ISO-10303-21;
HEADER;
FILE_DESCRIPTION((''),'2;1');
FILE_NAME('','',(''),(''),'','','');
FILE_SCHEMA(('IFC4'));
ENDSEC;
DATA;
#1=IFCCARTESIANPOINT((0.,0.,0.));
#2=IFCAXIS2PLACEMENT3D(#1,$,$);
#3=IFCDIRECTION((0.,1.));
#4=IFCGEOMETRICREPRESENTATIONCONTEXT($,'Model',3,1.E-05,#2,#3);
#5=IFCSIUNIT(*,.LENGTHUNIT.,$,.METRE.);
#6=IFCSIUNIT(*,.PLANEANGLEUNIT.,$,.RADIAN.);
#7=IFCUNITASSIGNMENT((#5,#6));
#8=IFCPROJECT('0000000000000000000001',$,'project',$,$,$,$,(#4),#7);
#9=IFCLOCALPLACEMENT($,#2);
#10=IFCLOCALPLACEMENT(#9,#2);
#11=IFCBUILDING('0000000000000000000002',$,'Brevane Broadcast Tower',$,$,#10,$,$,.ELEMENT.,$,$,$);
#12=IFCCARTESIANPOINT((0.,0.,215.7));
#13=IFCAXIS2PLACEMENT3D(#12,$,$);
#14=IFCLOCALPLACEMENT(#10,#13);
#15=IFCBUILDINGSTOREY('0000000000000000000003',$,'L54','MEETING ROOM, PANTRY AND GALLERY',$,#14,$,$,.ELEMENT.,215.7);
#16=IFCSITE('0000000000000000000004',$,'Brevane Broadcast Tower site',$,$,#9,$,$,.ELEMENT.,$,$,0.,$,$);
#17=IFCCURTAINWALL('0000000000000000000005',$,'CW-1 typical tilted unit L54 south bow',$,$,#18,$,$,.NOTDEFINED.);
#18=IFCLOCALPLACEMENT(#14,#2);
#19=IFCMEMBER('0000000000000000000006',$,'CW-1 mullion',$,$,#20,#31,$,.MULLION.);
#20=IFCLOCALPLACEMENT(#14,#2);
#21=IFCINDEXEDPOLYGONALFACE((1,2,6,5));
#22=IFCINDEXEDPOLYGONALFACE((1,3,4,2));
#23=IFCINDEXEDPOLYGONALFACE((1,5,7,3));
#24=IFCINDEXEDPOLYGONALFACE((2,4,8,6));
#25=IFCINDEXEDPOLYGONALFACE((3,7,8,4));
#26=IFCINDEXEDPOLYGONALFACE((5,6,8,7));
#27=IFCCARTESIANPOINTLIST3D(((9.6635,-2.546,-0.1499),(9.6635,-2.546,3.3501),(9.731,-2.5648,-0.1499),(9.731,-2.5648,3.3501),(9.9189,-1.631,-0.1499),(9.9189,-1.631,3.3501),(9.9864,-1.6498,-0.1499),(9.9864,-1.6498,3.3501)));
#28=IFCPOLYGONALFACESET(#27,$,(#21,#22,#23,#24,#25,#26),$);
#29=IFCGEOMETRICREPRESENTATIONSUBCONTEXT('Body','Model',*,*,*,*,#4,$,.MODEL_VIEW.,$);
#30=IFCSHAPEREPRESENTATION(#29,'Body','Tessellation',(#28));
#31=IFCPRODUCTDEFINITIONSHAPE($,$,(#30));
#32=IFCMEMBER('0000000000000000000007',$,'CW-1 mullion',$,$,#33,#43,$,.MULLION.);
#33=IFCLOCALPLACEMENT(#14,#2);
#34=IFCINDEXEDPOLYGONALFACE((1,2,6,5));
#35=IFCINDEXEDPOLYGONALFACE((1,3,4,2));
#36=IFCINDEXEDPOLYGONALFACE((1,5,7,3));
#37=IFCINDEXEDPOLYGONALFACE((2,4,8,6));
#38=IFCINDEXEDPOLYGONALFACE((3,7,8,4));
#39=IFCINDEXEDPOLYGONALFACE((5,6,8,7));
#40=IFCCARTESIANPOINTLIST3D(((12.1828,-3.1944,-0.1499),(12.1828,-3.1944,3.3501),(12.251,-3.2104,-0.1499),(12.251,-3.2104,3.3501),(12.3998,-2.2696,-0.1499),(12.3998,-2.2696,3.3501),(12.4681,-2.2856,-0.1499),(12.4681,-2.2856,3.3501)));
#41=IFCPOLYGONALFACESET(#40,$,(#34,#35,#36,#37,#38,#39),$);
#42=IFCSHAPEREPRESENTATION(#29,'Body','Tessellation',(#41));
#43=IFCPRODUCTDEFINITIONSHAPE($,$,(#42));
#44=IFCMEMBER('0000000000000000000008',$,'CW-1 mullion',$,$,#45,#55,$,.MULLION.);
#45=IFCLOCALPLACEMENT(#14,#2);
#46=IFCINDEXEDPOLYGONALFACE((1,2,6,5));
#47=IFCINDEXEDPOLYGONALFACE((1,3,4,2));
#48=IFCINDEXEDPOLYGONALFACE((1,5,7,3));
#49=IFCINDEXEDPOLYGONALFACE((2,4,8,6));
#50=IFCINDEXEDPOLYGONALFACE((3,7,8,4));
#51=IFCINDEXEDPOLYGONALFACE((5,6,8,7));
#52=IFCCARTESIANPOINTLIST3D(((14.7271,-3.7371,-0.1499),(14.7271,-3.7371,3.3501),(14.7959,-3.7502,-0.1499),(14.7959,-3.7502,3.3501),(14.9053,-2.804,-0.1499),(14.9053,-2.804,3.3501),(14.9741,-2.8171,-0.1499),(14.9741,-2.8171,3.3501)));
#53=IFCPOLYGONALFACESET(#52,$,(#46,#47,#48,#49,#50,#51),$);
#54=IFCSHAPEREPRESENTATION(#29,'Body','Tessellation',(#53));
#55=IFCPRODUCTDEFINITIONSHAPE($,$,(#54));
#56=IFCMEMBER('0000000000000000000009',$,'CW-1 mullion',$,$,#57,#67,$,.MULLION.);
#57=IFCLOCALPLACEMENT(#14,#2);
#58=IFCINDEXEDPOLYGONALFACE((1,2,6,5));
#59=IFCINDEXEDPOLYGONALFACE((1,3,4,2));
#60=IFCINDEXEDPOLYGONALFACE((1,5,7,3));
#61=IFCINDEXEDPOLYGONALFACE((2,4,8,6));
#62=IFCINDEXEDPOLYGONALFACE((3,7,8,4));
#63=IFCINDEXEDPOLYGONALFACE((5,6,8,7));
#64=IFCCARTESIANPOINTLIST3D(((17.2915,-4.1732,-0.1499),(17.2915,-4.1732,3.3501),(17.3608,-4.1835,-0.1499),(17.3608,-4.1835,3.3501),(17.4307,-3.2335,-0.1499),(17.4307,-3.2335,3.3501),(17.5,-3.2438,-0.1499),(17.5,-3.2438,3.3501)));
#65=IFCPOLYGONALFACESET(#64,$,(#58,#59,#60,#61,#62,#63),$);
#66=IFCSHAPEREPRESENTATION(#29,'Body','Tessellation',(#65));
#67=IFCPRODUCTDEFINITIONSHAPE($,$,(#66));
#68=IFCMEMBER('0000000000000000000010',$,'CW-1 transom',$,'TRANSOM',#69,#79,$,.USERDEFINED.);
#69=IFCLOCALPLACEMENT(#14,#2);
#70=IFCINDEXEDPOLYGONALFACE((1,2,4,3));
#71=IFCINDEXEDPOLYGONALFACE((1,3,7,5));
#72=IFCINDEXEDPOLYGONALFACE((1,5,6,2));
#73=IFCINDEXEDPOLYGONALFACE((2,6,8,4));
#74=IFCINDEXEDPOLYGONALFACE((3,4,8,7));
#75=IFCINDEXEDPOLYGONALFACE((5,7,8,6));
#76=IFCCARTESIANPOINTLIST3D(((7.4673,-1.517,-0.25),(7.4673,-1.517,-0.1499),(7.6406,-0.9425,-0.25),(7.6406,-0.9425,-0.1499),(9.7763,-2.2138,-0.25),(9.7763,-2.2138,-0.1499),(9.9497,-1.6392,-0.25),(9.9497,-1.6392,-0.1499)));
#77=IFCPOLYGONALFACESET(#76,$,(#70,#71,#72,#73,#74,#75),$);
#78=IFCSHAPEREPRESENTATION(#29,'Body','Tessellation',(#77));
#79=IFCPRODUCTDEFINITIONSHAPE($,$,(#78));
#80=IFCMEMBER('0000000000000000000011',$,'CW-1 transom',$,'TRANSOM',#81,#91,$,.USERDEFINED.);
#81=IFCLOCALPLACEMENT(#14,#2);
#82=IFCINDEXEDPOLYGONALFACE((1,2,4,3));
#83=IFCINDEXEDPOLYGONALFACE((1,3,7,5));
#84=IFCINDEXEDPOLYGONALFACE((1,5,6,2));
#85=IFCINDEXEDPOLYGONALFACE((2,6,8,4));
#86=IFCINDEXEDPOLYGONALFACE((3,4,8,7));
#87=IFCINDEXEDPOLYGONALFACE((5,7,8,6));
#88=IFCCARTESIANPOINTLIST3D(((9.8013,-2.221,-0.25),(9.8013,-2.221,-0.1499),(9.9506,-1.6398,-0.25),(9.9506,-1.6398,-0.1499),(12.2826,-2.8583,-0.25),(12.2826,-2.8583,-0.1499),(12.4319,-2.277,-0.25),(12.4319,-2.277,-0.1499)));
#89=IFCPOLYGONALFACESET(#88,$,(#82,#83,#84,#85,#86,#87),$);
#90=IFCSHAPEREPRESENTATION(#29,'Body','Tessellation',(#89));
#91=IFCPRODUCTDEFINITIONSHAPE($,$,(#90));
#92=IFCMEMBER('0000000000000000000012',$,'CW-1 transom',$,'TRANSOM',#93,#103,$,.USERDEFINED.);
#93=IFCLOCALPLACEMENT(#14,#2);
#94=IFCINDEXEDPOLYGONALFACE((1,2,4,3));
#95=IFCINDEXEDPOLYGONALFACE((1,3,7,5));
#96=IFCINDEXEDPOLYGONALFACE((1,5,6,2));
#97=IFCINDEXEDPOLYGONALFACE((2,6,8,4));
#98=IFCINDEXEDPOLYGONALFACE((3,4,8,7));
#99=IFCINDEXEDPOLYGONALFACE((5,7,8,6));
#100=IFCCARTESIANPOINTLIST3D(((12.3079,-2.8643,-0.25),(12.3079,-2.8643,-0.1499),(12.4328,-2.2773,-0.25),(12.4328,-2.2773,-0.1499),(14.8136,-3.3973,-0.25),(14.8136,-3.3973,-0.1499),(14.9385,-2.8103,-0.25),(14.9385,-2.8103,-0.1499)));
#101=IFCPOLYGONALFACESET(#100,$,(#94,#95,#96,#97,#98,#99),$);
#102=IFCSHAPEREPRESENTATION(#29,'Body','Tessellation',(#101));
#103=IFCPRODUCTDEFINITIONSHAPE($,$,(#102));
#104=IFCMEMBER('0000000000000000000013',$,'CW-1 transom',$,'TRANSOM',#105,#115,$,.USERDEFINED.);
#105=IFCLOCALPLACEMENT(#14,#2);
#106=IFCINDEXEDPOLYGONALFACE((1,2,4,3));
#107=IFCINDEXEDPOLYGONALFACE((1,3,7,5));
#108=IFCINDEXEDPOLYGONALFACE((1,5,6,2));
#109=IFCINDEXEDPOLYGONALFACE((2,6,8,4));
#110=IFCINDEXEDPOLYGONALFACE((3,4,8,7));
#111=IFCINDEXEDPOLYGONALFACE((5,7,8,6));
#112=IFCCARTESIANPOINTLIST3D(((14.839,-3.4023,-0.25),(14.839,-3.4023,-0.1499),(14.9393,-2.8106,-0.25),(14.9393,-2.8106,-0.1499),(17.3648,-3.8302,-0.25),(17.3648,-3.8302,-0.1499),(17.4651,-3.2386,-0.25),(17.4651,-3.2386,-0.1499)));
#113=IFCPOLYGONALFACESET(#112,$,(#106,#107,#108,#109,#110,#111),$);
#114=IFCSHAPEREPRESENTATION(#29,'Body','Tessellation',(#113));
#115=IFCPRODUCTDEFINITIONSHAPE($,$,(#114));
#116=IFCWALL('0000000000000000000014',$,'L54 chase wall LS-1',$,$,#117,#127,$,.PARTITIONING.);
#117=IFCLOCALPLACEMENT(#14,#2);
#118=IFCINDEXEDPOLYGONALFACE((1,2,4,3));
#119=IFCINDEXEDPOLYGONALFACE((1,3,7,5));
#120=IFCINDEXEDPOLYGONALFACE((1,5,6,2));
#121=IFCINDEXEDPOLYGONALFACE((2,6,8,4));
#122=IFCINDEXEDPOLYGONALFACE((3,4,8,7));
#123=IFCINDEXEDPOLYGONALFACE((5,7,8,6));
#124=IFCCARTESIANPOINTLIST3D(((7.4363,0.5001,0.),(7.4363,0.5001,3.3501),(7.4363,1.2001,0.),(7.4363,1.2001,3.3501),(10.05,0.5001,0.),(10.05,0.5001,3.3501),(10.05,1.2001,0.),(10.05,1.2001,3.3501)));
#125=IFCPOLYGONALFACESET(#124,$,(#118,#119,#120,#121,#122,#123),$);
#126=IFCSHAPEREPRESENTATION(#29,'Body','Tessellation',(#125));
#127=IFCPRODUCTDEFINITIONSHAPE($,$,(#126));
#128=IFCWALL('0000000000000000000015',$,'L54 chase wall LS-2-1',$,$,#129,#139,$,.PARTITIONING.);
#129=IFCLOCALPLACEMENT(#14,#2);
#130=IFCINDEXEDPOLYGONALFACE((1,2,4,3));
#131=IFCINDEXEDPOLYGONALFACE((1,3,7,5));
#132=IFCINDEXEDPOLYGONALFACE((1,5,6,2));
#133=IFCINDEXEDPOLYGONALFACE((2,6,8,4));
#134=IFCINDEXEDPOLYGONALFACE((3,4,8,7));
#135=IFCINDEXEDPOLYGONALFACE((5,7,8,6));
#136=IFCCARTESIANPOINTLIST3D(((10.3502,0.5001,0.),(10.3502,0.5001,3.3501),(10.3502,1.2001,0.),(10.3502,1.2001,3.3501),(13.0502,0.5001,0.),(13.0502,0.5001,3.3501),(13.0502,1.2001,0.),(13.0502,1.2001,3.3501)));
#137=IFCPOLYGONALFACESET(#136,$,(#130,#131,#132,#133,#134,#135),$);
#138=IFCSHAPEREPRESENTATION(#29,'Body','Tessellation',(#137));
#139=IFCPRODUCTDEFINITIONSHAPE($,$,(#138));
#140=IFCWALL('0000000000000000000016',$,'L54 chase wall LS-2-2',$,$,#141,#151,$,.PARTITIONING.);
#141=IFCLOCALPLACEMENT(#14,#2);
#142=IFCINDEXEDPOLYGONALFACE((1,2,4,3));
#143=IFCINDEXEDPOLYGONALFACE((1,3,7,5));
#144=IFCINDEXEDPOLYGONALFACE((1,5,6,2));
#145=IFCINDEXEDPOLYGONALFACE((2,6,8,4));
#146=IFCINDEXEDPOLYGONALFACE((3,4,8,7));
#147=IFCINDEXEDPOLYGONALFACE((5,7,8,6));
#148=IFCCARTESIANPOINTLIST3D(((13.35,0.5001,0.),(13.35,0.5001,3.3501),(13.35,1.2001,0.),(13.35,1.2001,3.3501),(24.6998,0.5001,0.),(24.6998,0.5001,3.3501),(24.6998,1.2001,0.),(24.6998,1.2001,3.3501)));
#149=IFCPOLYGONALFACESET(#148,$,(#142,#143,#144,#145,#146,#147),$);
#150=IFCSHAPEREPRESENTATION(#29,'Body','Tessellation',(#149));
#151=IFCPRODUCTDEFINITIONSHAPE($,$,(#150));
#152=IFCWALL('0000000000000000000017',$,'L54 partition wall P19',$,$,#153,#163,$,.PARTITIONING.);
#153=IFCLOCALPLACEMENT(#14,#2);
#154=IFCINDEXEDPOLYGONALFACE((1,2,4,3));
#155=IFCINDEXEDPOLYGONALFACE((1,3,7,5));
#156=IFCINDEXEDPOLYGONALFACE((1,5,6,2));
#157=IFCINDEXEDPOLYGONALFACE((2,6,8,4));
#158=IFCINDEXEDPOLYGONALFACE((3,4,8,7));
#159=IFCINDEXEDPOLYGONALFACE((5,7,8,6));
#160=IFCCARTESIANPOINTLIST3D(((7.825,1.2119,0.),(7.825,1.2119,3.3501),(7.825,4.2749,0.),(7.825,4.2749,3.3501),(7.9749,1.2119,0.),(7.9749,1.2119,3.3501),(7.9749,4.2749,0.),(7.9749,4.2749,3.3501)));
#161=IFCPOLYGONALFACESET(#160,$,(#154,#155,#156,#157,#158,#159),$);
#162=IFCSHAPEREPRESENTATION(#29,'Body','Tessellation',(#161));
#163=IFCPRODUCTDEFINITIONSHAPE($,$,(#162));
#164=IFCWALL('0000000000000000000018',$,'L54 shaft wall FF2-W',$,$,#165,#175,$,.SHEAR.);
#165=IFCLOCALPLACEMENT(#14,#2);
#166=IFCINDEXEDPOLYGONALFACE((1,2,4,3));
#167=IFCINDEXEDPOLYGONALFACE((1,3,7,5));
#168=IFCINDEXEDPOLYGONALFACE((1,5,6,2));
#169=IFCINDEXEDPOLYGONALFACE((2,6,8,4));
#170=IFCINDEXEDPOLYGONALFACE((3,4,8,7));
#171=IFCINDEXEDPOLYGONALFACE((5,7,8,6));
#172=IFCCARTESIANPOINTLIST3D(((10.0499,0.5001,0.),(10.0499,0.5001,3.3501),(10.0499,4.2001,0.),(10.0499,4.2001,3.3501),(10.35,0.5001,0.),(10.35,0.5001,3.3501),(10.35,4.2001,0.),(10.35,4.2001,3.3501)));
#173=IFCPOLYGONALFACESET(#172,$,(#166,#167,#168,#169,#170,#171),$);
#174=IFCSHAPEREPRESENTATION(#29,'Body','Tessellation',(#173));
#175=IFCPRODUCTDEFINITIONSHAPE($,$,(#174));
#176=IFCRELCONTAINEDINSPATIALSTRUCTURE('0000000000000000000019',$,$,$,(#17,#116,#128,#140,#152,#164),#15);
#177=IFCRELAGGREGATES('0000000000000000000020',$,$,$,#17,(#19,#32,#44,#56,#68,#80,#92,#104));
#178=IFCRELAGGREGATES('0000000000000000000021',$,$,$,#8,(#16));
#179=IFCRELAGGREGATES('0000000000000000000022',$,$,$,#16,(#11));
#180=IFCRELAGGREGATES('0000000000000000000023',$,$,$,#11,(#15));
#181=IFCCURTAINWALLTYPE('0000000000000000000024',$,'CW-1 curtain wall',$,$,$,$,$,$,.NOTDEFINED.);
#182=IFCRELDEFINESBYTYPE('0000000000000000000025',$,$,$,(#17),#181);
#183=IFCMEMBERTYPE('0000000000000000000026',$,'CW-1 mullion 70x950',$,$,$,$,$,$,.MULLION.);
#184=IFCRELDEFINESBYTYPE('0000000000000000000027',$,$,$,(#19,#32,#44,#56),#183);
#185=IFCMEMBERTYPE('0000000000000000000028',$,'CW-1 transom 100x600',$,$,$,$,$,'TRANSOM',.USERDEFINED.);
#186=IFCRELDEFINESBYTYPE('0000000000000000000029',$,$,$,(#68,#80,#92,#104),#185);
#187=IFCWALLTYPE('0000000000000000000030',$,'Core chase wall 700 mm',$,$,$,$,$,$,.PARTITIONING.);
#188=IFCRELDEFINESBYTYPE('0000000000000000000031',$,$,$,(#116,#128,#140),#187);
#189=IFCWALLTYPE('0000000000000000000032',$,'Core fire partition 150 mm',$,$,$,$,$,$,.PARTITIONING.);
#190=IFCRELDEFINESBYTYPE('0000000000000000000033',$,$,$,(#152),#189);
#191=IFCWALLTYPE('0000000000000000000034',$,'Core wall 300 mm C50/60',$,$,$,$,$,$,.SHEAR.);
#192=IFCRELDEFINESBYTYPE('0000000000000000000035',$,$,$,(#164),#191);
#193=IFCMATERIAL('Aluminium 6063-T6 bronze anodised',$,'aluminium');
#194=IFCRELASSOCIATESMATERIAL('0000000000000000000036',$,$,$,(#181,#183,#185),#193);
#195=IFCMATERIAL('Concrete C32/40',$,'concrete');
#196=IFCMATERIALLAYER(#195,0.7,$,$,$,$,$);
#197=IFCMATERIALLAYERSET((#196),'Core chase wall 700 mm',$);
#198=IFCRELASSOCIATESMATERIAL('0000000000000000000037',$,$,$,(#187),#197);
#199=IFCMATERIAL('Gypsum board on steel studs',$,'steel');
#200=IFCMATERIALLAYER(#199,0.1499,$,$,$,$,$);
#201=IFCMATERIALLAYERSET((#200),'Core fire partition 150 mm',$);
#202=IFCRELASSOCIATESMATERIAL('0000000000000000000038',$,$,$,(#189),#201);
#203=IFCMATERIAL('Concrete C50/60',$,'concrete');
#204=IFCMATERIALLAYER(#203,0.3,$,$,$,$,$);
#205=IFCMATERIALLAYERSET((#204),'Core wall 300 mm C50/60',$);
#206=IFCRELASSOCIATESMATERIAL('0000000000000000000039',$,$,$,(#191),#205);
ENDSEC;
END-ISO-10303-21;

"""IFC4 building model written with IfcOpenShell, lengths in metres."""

from ifc_helpers import new_model, si_unit, direction, frame, frame_2d, origin, origin_2d, place, context, subcontext, project, spatial, rectangle, extrude, material, layer, layer_set, material_profile, profile_set, type_object, element, aggregate, save


model = new_model("IFC4")

# Units and contexts
model_context = context("Model", 3, precision=1e-05, world=origin(), true_north=direction((0.0, 1.0)))
body_context = subcontext(model_context, "Body", "Model", "MODEL_VIEW")
ifc_project = project(units=[si_unit("LENGTHUNIT", "METRE"), si_unit("PLANEANGLEUNIT", "RADIAN")], contexts=[model_context])

# Site, building, storey
site_placement = place(None, origin())
site = spatial("IfcSite", under=ifc_project, at=site_placement, Name="Brevane Broadcast Tower site", CompositionType="ELEMENT", RefElevation=0.0)
building_placement = place(site_placement, origin())
building = spatial("IfcBuilding", under=site, at=building_placement, Name="Brevane Broadcast Tower", CompositionType="ELEMENT")
storey_placement = place(building_placement, frame((0.0, 0.0, 215.7)))
storey = spatial("IfcBuildingStorey", under=building, at=storey_placement, Name="L54", Description="MEETING ROOM, PANTRY AND GALLERY", CompositionType="ELEMENT", Elevation=215.7)

# Curtain wall, members
ifc_material_1 = material(Name="Aluminium 6063-T6 bronze anodised", Category="aluminium")
curtain_wall_type = type_object("IfcCurtainWallType", Name="CW-1 curtain wall", PredefinedType="NOTDEFINED", material=ifc_material_1)
curtain_wall_placement = place(storey_placement, origin())
curtain_wall = element("IfcCurtainWall", 1, at=curtain_wall_placement, inside=storey, type_object=curtain_wall_type, Name="CW-1 typical tilted unit L54 south bow", PredefinedType="NOTDEFINED")
ifc_material_profile_1 = material_profile(ifc_material_1, rectangle(XDim=0.95, YDim=0.0701, at=origin_2d()), Name="RECT 70x950")
ifc_profile_set_1 = profile_set([ifc_material_profile_1], Name="Aluminium 6063-T6 bronze anodised")
member_type_1 = type_object("IfcMemberType", Name="CW-1 mullion 70x950", PredefinedType="MULLION", material=ifc_profile_set_1)
member_1_placement = place(storey_placement, frame((9.825, -2.0979, -0.1499), z_axis=(0.0, 0.0, 1.0), x_axis=(0.268916, 0.963164, 0.0)))
member_1 = element("IfcMember", 2, at=member_1_placement, type_object=member_type_1, Name="CW-1 mullion", PredefinedType="MULLION", context=body_context, shape_type="SweptSolid", body=[
    extrude(rectangle(XDim=0.95, YDim=0.0701, at=origin_2d()), origin(), (0.0, 0.0, 1.0), 3.5),
])
member_2_placement = place(storey_placement, frame((12.3254, -2.74, -0.1499), z_axis=(0.0, 0.0, 1.0), x_axis=(0.228467, 0.973552, 0.0)))
member_2 = element("IfcMember", 3, at=member_2_placement, type_object=member_type_1, Name="CW-1 mullion", PredefinedType="MULLION", context=body_context, shape_type="SweptSolid", body=[
    extrude(rectangle(XDim=0.95, YDim=0.0701, at=origin_2d()), origin(), (0.0, 0.0, 1.0), 3.5),
])
member_3_placement = place(storey_placement, frame((14.8506, -3.2771, -0.1499), z_axis=(0.0, 0.0, 1.0), x_axis=(0.187621, 0.982242, 0.0)))
member_3 = element("IfcMember", 4, at=member_3_placement, type_object=member_type_1, Name="CW-1 mullion", PredefinedType="MULLION", context=body_context, shape_type="SweptSolid", body=[
    extrude(rectangle(XDim=0.95, YDim=0.0701, at=origin_2d()), origin(), (0.0, 0.0, 1.0), 3.5),
])
member_4_placement = place(storey_placement, frame((17.3958, -3.7085, -0.1499), z_axis=(0.0, 0.0, 1.0), x_axis=(0.146447, 0.989218, 0.0)))
member_4 = element("IfcMember", 5, at=member_4_placement, type_object=member_type_1, Name="CW-1 mullion", PredefinedType="MULLION", context=body_context, shape_type="SweptSolid", body=[
    extrude(rectangle(XDim=0.95, YDim=0.0701, at=origin_2d()), origin(), (0.0, 0.0, 1.0), 3.5),
])
ifc_material_profile_2 = material_profile(ifc_material_1, rectangle(XDim=0.6001, YDim=0.1001, at=origin_2d()), Name="RECT 100x600")
ifc_profile_set_2 = profile_set([ifc_material_profile_2], Name="Aluminium 6063-T6 bronze anodised")
member_type_2 = type_object("IfcMemberType", Name="CW-1 transom 100x600", ElementType="TRANSOM", PredefinedType="USERDEFINED", material=ifc_profile_set_2)
member_5_placement = place(storey_placement, frame((7.554, -1.2297, -0.2), z_axis=(0.957363, -0.288889, 0.0), x_axis=(0.288889, 0.957363, 0.0)))
member_5 = element("IfcMember", 6, at=member_5_placement, type_object=member_type_2, Name="CW-1 transom", ObjectType="TRANSOM", PredefinedType="USERDEFINED", context=body_context, shape_type="SweptSolid", body=[
    extrude(rectangle(XDim=0.6001, YDim=0.1001, at=origin_2d()), origin(), (0.0, 0.0, 1.0), 2.4119),
])
member_6_placement = place(storey_placement, frame((9.876, -1.9304, -0.2), z_axis=(0.96857, -0.248742, 0.0), x_axis=(0.248742, 0.96857, 0.0)))
member_6 = element("IfcMember", 7, at=member_6_placement, type_object=member_type_2, Name="CW-1 transom", ObjectType="TRANSOM", PredefinedType="USERDEFINED", context=body_context, shape_type="SweptSolid", body=[
    extrude(rectangle(XDim=0.6001, YDim=0.1001, at=origin_2d()), origin(), (0.0, 0.0, 1.0), 2.5618),
])
member_7_placement = place(storey_placement, frame((12.3704, -2.5708, -0.2), z_axis=(0.978118, -0.208051, 0.0), x_axis=(0.208051, 0.978118, 0.0)))
member_7 = element("IfcMember", 8, at=member_7_placement, type_object=member_type_2, Name="CW-1 transom", ObjectType="TRANSOM", PredefinedType="USERDEFINED", context=body_context, shape_type="SweptSolid", body=[
    extrude(rectangle(XDim=0.6001, YDim=0.1001, at=origin_2d()), origin(), (0.0, 0.0, 1.0), 2.5618),
])
member_8_placement = place(storey_placement, frame((14.8892, -3.1064, -0.2), z_axis=(0.985947, -0.167056, 0.0), x_axis=(0.167056, 0.985947, 0.0)))
member_8 = element("IfcMember", 9, at=member_8_placement, type_object=member_type_2, Name="CW-1 transom", ObjectType="TRANSOM", PredefinedType="USERDEFINED", context=body_context, shape_type="SweptSolid", body=[
    extrude(rectangle(XDim=0.6001, YDim=0.1001, at=origin_2d()), origin(), (0.0, 0.0, 1.0), 2.5618),
])
aggregate(curtain_wall, [member_1, member_2, member_3, member_4, member_5, member_6, member_7, member_8])

# Walls
ifc_material_2 = material(Name="Concrete C32/40", Category="concrete")
ifc_layer_1 = layer(ifc_material_2, 0.7)
ifc_layer_set_1 = layer_set([ifc_layer_1], Name="Core chase wall 700 mm")
wall_type_1 = type_object("IfcWallType", Name="Core chase wall 700 mm", PredefinedType="PARTITIONING", material=ifc_layer_set_1)
wall_1_placement = place(storey_placement, frame((7.4363, 0.8501, 0.0), z_axis=(0.0, 0.0, 1.0), x_axis=(1.0, 0.0, 0.0)))
element("IfcWall", 10, at=wall_1_placement, inside=storey, type_object=wall_type_1, Name="L54 chase wall LS-1", PredefinedType="PARTITIONING", context=body_context, shape_type="SweptSolid", body=[
    extrude(rectangle(XDim=2.6138, YDim=0.7, at=frame_2d((1.3069, 0.0))), origin(), (0.0, 0.0, 1.0), 3.3501),
])
wall_2_placement = place(storey_placement, frame((10.3501, 0.8501, 0.0), z_axis=(0.0, 0.0, 1.0), x_axis=(1.0, 0.0, 0.0)))
element("IfcWall", 11, at=wall_2_placement, inside=storey, type_object=wall_type_1, Name="L54 chase wall LS-2-1", PredefinedType="PARTITIONING", context=body_context, shape_type="SweptSolid", body=[
    extrude(rectangle(XDim=2.7, YDim=0.7, at=frame_2d((1.3501, 0.0))), origin(), (0.0, 0.0, 1.0), 3.3501),
])
wall_3_placement = place(storey_placement, frame((13.3501, 0.8501, 0.0), z_axis=(0.0, 0.0, 1.0), x_axis=(1.0, 0.0, 0.0)))
element("IfcWall", 12, at=wall_3_placement, inside=storey, type_object=wall_type_1, Name="L54 chase wall LS-2-2", PredefinedType="PARTITIONING", context=body_context, shape_type="SweptSolid", body=[
    extrude(rectangle(XDim=11.3499, YDim=0.7, at=frame_2d((5.6748, 0.0))), origin(), (0.0, 0.0, 1.0), 3.3501),
])
ifc_material_3 = material(Name="Gypsum board on steel studs", Category="steel")
ifc_layer_2 = layer(ifc_material_3, 0.1499)
ifc_layer_set_2 = layer_set([ifc_layer_2], Name="Core fire partition 150 mm")
wall_type_2 = type_object("IfcWallType", Name="Core fire partition 150 mm", PredefinedType="PARTITIONING", material=ifc_layer_set_2)
wall_4_placement = place(storey_placement, frame((7.8999, 4.2749, 0.0), z_axis=(0.0, 0.0, 1.0), x_axis=(0.0, -1.0, 0.0)))
element("IfcWall", 13, at=wall_4_placement, inside=storey, type_object=wall_type_2, Name="L54 partition wall P19", PredefinedType="PARTITIONING", context=body_context, shape_type="SweptSolid", body=[
    extrude(rectangle(XDim=3.063, YDim=0.1499, at=frame_2d((1.5315, 0.0))), origin(), (0.0, 0.0, 1.0), 3.3501),
])
ifc_material_4 = material(Name="Concrete C50/60", Category="concrete")
ifc_layer_3 = layer(ifc_material_4, 0.3)
ifc_layer_set_3 = layer_set([ifc_layer_3], Name="Core wall 300 mm C50/60")
wall_type_3 = type_object("IfcWallType", Name="Core wall 300 mm C50/60", PredefinedType="SHEAR", material=ifc_layer_set_3)
wall_5_placement = place(storey_placement, frame((10.2, 0.5, 0.0), z_axis=(0.0, 0.0, 1.0), x_axis=(0.0, 1.0, 0.0)))
element("IfcWall", 14, at=wall_5_placement, inside=storey, type_object=wall_type_3, Name="L54 shaft wall FF2-W", PredefinedType="SHEAR", context=body_context, shape_type="SweptSolid", body=[
    extrude(rectangle(XDim=3.7, YDim=0.3, at=frame_2d((1.8501, 0.0))), origin(), (0.0, 0.0, 1.0), 3.3501),
])

save(model, "model.ifc")
